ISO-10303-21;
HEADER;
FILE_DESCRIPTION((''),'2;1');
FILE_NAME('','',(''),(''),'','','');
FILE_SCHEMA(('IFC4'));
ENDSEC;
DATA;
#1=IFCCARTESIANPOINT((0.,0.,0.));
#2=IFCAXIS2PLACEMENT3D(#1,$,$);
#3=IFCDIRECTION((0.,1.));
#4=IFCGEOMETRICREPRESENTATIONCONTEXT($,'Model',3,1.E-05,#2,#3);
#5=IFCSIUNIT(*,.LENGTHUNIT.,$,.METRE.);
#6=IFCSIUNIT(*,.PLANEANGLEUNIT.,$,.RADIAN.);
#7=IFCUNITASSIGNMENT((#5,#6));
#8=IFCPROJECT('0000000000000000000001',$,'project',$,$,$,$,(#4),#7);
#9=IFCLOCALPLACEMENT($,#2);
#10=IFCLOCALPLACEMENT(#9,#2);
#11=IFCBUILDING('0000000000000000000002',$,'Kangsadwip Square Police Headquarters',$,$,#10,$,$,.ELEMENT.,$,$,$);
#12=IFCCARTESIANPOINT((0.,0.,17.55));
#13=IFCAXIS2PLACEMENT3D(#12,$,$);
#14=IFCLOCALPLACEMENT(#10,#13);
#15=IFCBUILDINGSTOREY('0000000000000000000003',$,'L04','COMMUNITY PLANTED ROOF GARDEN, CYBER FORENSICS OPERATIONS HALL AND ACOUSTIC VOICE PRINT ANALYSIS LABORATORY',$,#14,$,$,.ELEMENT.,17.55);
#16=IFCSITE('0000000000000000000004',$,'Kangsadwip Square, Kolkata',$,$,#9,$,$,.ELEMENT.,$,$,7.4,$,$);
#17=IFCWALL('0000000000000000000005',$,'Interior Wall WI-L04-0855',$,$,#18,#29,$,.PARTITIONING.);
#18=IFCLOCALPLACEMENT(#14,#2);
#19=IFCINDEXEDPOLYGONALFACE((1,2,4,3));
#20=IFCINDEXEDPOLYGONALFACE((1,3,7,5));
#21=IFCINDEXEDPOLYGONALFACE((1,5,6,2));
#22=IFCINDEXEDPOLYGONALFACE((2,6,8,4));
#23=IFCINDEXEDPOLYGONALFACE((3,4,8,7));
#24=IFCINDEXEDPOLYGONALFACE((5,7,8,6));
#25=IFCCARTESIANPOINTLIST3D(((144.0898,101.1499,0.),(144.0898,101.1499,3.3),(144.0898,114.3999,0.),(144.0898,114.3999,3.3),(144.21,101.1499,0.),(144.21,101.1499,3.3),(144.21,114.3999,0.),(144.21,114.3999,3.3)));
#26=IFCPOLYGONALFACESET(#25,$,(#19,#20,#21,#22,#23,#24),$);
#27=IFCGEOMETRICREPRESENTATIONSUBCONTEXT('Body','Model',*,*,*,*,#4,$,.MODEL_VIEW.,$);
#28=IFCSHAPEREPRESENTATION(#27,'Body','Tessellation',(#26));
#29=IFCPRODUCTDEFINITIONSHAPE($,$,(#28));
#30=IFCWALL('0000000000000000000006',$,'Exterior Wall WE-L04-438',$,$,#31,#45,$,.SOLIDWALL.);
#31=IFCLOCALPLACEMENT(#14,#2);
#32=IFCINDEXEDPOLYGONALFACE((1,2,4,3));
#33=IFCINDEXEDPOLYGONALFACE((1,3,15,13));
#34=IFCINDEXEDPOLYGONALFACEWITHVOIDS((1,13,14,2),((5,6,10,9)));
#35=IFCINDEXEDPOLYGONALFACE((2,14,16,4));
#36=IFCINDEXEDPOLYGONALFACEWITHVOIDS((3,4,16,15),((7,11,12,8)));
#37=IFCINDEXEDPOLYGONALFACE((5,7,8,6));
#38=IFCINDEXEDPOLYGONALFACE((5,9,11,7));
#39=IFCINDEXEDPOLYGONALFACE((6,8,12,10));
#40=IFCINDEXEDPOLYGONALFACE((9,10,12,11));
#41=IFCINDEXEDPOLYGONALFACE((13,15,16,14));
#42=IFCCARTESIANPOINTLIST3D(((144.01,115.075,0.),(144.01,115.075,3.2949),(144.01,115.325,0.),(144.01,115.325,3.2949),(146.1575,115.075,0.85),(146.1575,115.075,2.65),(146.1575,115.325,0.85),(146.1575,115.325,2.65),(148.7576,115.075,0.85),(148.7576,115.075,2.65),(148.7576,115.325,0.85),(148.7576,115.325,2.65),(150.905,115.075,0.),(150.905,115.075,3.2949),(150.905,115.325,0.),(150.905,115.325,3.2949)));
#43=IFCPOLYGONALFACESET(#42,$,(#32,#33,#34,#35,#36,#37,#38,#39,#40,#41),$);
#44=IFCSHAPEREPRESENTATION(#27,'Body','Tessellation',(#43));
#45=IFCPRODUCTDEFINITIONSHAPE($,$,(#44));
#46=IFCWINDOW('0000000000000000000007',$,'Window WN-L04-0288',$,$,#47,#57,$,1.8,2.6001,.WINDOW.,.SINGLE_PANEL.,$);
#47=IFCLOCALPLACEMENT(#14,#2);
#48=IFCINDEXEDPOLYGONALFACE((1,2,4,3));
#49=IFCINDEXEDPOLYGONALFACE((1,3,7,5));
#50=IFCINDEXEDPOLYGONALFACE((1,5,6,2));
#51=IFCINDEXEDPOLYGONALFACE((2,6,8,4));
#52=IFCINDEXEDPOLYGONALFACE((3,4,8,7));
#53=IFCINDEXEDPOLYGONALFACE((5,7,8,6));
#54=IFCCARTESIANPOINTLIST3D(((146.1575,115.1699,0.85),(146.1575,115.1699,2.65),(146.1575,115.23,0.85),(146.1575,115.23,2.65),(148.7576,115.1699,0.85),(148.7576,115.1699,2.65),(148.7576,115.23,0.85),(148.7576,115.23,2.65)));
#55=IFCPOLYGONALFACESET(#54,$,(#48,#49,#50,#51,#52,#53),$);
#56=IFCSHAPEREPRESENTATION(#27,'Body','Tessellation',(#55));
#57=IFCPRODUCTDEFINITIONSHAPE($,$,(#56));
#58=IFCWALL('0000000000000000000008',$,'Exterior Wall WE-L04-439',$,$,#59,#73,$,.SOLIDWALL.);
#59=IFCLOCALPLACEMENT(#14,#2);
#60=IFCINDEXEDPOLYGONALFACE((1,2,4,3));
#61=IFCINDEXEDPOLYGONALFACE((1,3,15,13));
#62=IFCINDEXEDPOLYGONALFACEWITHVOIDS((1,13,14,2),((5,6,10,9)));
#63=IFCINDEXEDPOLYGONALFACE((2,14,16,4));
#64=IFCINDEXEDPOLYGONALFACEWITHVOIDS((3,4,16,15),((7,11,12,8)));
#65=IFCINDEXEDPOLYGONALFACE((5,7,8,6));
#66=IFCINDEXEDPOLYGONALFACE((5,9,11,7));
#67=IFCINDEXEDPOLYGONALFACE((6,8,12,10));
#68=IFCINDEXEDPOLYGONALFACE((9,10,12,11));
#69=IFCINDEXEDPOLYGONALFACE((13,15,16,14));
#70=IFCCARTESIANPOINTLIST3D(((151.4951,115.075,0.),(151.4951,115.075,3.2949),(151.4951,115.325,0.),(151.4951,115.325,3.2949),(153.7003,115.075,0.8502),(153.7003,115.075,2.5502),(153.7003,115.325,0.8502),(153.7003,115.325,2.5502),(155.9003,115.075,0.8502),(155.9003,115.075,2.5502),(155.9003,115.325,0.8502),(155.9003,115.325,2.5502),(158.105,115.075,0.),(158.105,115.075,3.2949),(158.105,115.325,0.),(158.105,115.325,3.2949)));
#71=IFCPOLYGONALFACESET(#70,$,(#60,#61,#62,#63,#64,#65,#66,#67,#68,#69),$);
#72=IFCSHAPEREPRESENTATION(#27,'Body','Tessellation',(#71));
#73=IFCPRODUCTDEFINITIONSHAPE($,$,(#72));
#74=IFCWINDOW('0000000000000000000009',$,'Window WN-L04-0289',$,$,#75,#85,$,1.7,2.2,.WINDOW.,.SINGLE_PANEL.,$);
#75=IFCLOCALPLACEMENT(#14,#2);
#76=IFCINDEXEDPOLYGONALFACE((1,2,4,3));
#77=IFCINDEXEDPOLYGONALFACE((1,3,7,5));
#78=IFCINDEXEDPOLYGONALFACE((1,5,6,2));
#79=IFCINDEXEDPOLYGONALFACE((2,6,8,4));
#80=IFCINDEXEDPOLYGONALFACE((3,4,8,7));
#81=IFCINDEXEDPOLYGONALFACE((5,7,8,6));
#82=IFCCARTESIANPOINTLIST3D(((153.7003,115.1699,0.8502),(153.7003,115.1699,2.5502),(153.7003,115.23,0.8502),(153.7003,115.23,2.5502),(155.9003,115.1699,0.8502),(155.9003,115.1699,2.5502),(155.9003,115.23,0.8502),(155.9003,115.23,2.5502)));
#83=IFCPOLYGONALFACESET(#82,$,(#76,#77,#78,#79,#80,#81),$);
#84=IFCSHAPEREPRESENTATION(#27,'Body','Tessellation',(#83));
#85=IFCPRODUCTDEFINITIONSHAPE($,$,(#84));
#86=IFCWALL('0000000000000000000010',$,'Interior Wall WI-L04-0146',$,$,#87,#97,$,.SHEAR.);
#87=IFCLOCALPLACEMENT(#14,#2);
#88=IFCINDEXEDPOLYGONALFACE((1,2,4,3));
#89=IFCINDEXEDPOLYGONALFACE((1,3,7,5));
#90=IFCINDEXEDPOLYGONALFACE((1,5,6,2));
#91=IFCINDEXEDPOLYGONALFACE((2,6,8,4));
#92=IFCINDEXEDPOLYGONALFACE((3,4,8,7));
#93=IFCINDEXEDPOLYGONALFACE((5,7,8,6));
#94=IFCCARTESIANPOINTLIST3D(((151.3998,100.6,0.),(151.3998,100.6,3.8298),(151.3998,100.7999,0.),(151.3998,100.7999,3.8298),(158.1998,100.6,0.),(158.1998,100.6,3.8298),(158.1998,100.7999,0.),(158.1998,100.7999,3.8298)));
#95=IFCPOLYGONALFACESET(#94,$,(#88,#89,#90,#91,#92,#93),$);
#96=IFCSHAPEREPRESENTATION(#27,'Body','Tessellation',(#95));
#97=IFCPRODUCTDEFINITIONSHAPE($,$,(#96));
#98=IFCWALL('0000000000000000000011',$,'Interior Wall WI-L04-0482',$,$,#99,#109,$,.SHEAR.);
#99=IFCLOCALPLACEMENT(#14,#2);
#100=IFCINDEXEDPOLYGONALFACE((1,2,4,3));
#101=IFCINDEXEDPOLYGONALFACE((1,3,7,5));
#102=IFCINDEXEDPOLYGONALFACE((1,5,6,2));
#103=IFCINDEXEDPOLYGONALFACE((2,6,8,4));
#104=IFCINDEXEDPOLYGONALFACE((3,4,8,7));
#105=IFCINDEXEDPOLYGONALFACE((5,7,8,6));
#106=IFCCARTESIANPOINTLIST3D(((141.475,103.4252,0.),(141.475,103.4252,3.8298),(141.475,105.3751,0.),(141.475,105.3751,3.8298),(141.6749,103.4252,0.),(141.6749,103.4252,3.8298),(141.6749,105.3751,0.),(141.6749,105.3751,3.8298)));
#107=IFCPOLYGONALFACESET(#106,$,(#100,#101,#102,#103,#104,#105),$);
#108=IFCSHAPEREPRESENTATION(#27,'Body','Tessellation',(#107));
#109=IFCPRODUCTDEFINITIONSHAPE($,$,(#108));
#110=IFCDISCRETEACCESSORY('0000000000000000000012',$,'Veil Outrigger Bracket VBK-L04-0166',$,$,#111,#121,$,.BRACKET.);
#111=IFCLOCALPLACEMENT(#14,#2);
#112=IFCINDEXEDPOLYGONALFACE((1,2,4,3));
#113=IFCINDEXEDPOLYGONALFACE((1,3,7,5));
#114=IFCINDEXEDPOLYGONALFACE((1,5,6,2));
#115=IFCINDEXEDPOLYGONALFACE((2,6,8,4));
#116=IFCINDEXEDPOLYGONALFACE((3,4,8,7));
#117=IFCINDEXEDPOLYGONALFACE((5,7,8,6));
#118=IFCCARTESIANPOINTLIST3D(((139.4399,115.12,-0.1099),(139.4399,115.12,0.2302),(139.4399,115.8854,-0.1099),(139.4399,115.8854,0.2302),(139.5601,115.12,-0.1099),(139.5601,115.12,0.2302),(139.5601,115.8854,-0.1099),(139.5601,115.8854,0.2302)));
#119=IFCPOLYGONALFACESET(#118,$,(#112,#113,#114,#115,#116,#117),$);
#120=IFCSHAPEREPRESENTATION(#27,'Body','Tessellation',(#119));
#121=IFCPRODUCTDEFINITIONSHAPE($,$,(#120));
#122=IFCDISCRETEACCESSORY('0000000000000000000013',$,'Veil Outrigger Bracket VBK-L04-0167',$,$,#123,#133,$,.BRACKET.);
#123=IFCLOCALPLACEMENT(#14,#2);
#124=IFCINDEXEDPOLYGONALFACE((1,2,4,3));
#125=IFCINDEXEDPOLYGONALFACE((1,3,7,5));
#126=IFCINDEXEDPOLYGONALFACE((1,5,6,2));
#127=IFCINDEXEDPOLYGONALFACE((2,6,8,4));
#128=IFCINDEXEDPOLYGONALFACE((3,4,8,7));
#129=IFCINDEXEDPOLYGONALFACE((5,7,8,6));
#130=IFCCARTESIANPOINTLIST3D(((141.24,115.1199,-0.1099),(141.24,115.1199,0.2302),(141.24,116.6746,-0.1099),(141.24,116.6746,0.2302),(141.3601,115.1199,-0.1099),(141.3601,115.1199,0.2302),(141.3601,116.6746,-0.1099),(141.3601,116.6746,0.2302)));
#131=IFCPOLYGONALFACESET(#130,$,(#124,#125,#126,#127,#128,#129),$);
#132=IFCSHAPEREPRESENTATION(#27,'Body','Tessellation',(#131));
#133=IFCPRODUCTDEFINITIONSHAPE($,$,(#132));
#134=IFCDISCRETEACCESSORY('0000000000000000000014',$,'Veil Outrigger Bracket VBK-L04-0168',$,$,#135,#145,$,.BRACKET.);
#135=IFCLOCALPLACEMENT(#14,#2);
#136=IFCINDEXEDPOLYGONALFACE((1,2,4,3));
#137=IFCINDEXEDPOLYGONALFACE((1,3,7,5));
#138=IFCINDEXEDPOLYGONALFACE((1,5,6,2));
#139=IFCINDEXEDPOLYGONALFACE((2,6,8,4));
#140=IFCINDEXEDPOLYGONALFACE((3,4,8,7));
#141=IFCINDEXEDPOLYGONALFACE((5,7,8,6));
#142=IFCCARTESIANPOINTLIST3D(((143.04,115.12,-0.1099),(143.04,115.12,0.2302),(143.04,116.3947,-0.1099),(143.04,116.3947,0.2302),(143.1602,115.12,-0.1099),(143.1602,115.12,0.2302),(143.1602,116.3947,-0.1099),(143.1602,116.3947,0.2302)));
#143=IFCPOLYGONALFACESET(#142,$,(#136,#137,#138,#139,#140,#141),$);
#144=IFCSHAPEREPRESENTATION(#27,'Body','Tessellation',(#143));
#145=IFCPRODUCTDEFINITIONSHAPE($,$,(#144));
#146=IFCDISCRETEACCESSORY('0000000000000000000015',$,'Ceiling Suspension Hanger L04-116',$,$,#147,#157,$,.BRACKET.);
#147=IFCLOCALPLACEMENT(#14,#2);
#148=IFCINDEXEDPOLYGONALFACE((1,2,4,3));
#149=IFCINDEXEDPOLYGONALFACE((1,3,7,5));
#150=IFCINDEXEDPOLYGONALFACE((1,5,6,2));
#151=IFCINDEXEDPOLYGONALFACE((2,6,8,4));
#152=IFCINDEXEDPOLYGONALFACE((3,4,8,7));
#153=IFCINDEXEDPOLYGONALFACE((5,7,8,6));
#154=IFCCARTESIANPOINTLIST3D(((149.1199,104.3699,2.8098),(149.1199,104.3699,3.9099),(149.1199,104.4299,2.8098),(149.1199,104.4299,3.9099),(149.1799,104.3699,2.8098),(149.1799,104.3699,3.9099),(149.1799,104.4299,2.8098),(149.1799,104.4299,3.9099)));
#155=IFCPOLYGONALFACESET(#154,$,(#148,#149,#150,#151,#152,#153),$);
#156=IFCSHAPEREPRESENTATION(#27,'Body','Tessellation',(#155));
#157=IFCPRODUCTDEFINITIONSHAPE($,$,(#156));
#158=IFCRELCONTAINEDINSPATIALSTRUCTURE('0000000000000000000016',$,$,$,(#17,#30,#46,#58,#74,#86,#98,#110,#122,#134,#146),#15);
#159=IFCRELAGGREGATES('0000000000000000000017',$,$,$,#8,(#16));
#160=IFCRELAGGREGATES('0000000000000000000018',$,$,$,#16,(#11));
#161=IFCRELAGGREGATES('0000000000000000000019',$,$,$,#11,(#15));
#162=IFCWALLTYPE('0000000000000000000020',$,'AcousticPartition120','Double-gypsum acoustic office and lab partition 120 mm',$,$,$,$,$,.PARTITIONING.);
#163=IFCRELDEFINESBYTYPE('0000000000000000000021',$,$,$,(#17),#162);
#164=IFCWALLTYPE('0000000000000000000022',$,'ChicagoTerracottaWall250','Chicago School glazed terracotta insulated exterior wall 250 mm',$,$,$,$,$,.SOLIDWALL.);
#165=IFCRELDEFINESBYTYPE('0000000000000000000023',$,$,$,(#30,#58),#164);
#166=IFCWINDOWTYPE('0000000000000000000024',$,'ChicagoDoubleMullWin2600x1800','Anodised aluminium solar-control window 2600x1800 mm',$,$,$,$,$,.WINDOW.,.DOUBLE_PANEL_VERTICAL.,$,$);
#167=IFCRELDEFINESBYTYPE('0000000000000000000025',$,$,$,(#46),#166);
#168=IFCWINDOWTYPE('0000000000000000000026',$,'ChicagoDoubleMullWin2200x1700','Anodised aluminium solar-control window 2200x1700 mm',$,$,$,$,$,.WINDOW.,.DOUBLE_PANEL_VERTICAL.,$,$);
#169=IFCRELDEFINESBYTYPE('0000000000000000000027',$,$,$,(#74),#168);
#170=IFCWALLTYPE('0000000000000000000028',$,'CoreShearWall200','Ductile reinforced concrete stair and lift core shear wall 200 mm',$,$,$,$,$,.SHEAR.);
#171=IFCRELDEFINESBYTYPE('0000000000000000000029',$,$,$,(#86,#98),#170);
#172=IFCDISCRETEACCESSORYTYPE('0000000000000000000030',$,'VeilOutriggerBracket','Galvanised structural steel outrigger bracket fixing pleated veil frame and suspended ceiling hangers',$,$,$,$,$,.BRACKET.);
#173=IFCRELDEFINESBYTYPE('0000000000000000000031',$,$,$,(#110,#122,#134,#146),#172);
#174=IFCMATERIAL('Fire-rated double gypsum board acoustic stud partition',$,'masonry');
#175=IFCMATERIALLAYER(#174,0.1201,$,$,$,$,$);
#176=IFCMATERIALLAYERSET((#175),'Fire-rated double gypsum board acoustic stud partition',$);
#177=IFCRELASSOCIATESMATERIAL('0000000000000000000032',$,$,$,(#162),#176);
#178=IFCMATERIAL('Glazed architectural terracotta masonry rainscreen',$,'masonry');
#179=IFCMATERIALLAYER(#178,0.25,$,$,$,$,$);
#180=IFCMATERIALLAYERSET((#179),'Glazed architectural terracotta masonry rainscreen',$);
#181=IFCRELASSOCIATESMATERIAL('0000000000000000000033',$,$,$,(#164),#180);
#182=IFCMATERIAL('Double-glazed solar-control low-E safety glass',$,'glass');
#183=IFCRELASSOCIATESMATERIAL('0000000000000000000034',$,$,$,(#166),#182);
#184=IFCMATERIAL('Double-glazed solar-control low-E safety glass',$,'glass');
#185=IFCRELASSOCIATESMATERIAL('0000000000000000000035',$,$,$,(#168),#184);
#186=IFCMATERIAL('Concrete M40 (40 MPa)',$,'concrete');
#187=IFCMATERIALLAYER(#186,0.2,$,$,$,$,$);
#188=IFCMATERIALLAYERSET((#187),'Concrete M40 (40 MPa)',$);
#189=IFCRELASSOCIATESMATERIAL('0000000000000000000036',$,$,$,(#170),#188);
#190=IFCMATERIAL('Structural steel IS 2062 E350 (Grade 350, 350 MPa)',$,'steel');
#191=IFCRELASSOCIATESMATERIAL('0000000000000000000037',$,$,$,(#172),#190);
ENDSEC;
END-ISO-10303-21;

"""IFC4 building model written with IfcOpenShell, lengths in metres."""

from ifc_helpers import new_model, si_unit, direction, frame, frame_2d, origin, origin_2d, place, context, subcontext, project, spatial, rectangle, extrude, material, layer, layer_set, type_object, element, fill, save


model = new_model("IFC4")

# Units and contexts
model_context = context("Model", 3, precision=1e-05, world=origin(), true_north=direction((0.0, 1.0)))
body_context = subcontext(model_context, "Body", "Model", "MODEL_VIEW")
ifc_project = project(units=[si_unit("LENGTHUNIT", "METRE"), si_unit("PLANEANGLEUNIT", "RADIAN")], contexts=[model_context])

# Site, building, storey
site_placement = place(None, origin())
site = spatial("IfcSite", under=ifc_project, at=site_placement, Name="Kangsadwip Square, Kolkata", CompositionType="ELEMENT", RefElevation=7.4)
building_placement = place(site_placement, origin())
building = spatial("IfcBuilding", under=site, at=building_placement, Name="Kangsadwip Square Police Headquarters", CompositionType="ELEMENT")
storey_placement = place(building_placement, frame((0.0, 0.0, 17.55)))
storey = spatial("IfcBuildingStorey", under=building, at=storey_placement, Name="L04", Description="COMMUNITY PLANTED ROOF GARDEN, CYBER FORENSICS OPERATIONS HALL AND ACOUSTIC VOICE PRINT ANALYSIS LABORATORY", CompositionType="ELEMENT", Elevation=17.55)

# Wall
ifc_material_1 = material(Name="Fire-rated double gypsum board acoustic stud partition", Category="masonry")
ifc_layer_1 = layer(ifc_material_1, 0.1201)
ifc_layer_set_1 = layer_set([ifc_layer_1], Name="Fire-rated double gypsum board acoustic stud partition")
wall_type_1 = type_object("IfcWallType", Name="AcousticPartition120", Description="Double-gypsum acoustic office and lab partition 120 mm", PredefinedType="PARTITIONING", material=ifc_layer_set_1)
wall_1_placement = place(storey_placement, frame((144.1499, 101.1499, 0.0), z_axis=(0.0, 0.0, 1.0), x_axis=(0.0, 1.0, 0.0)))
element("IfcWall", 1, at=wall_1_placement, inside=storey, type_object=wall_type_1, Name="Interior Wall WI-L04-0855", PredefinedType="PARTITIONING", context=body_context, shape_type="SweptSolid", body=[
    extrude(rectangle(XDim=13.25, YDim=0.1201, at=frame_2d((6.625, 0.0))), origin(), (0.0, 0.0, 1.0), 3.3),
])

# Walls, openings, windows
ifc_material_2 = material(Name="Glazed architectural terracotta masonry rainscreen", Category="masonry")
ifc_layer_2 = layer(ifc_material_2, 0.25)
ifc_layer_set_2 = layer_set([ifc_layer_2], Name="Glazed architectural terracotta masonry rainscreen")
wall_type_2 = type_object("IfcWallType", Name="ChicagoTerracottaWall250", Description="Chicago School glazed terracotta insulated exterior wall 250 mm", PredefinedType="SOLIDWALL", material=ifc_layer_set_2)
wall_2_placement = place(storey_placement, frame((144.01, 115.2, 0.0), z_axis=(0.0, 0.0, 1.0), x_axis=(1.0, 0.0, 0.0)))
wall_2 = element("IfcWall", 2, at=wall_2_placement, inside=storey, type_object=wall_type_2, Name="Exterior Wall WE-L04-438", PredefinedType="SOLIDWALL", context=body_context, shape_type="SweptSolid", body=[
    extrude(rectangle(XDim=6.895, YDim=0.25, at=frame_2d((3.4475, 0.0))), origin(), (0.0, 0.0, 1.0), 3.2949),
])
opening_1_placement = place(wall_2_placement, frame((2.1475, 0.0, 0.8501)))
opening_1 = element("IfcOpeningElement", 3, at=opening_1_placement, cuts=wall_2, PredefinedType="OPENING", context=body_context, shape_type="SweptSolid", body=[
    extrude(rectangle(XDim=2.6001, YDim=1.8, at=frame_2d((1.3, 0.8999))), frame((0.0, 0.135, 0.0), z_axis=(0.0, -1.0, 0.0), x_axis=(1.0, 0.0, 0.0)), (0.0, 0.0, 1.0), 0.27),
])
ifc_material_3 = material(Name="Double-glazed solar-control low-E safety glass", Category="glass")
window_type_1 = type_object("IfcWindowType", Name="ChicagoDoubleMullWin2600x1800", Description="Anodised aluminium solar-control window 2600x1800 mm", PartitioningType="DOUBLE_PANEL_VERTICAL", PredefinedType="WINDOW", material=ifc_material_3)
window_1_placement = place(opening_1_placement, origin())
window_1 = element("IfcWindow", 4, at=window_1_placement, inside=storey, type_object=window_type_1, Name="Window WN-L04-0288", OverallHeight=1.8, OverallWidth=2.6001, PartitioningType="SINGLE_PANEL", PredefinedType="WINDOW", context=body_context, shape_type="SweptSolid", body=[
    extrude(rectangle(XDim=2.6001, YDim=1.8, at=frame_2d((1.3, 0.8999))), frame((0.0, 0.03, 0.0), z_axis=(0.0, -1.0, 0.0), x_axis=(1.0, 0.0, 0.0)), (0.0, 0.0, 1.0), 0.0601),
])
fill(opening_1, window_1)
wall_3_placement = place(storey_placement, frame((151.4951, 115.2, 0.0), z_axis=(0.0, 0.0, 1.0), x_axis=(1.0, 0.0, 0.0)))
wall_3 = element("IfcWall", 5, at=wall_3_placement, inside=storey, type_object=wall_type_2, Name="Exterior Wall WE-L04-439", PredefinedType="SOLIDWALL", context=body_context, shape_type="SweptSolid", body=[
    extrude(rectangle(XDim=6.6099, YDim=0.25, at=frame_2d((3.3049, 0.0))), origin(), (0.0, 0.0, 1.0), 3.2949),
])
opening_2_placement = place(wall_3_placement, frame((2.2051, 0.0, 0.8501)))
opening_2 = element("IfcOpeningElement", 6, at=opening_2_placement, cuts=wall_3, PredefinedType="OPENING", context=body_context, shape_type="SweptSolid", body=[
    extrude(rectangle(XDim=2.2, YDim=1.7, at=frame_2d((1.1001, 0.8501))), frame((0.0, 0.135, 0.0), z_axis=(0.0, -1.0, 0.0), x_axis=(1.0, 0.0, 0.0)), (0.0, 0.0, 1.0), 0.27),
])
ifc_material_4 = material(Name="Double-glazed solar-control low-E safety glass", Category="glass")
window_type_2 = type_object("IfcWindowType", Name="ChicagoDoubleMullWin2200x1700", Description="Anodised aluminium solar-control window 2200x1700 mm", PartitioningType="DOUBLE_PANEL_VERTICAL", PredefinedType="WINDOW", material=ifc_material_4)
window_2_placement = place(opening_2_placement, origin())
window_2 = element("IfcWindow", 7, at=window_2_placement, inside=storey, type_object=window_type_2, Name="Window WN-L04-0289", OverallHeight=1.7, OverallWidth=2.2, PartitioningType="SINGLE_PANEL", PredefinedType="WINDOW", context=body_context, shape_type="SweptSolid", body=[
    extrude(rectangle(XDim=2.2, YDim=1.7, at=frame_2d((1.1001, 0.8501))), frame((0.0, 0.03, 0.0), z_axis=(0.0, -1.0, 0.0), x_axis=(1.0, 0.0, 0.0)), (0.0, 0.0, 1.0), 0.0601),
])
fill(opening_2, window_2)

# Walls
ifc_material_5 = material(Name="Concrete M40 (40 MPa)", Category="concrete")
ifc_layer_3 = layer(ifc_material_5, 0.2)
ifc_layer_set_3 = layer_set([ifc_layer_3], Name="Concrete M40 (40 MPa)")
wall_type_3 = type_object("IfcWallType", Name="CoreShearWall200", Description="Ductile reinforced concrete stair and lift core shear wall 200 mm", PredefinedType="SHEAR", material=ifc_layer_set_3)
wall_4_placement = place(storey_placement, frame((151.3999, 100.7, 0.0), z_axis=(0.0, 0.0, 1.0), x_axis=(1.0, 0.0, 0.0)))
element("IfcWall", 8, at=wall_4_placement, inside=storey, type_object=wall_type_3, Name="Interior Wall WI-L04-0146", PredefinedType="SHEAR", context=body_context, shape_type="SweptSolid", body=[
    extrude(rectangle(XDim=6.8, YDim=0.2, at=frame_2d((3.3999, 0.0))), origin(), (0.0, 0.0, 1.0), 3.8298),
])
wall_5_placement = place(storey_placement, frame((141.575, 103.425, 0.0), z_axis=(0.0, 0.0, 1.0), x_axis=(0.0, 1.0, 0.0)))
element("IfcWall", 9, at=wall_5_placement, inside=storey, type_object=wall_type_3, Name="Interior Wall WI-L04-0482", PredefinedType="SHEAR", context=body_context, shape_type="SweptSolid", body=[
    extrude(rectangle(XDim=1.95, YDim=0.2, at=frame_2d((0.9751, 0.0))), origin(), (0.0, 0.0, 1.0), 3.8298),
])

# Discrete accessories
ifc_material_6 = material(Name="Structural steel IS 2062 E350 (Grade 350, 350 MPa)", Category="steel")
discrete_accessory_type = type_object("IfcDiscreteAccessoryType", Name="VeilOutriggerBracket", Description="Galvanised structural steel outrigger bracket fixing pleated veil frame and suspended ceiling hangers", PredefinedType="BRACKET", material=ifc_material_6)
discrete_accessory_1_placement = place(storey_placement, frame((139.5, 115.5027, -0.1099), z_axis=(0.0, 0.0, 1.0), x_axis=(1.0, 0.0, 0.0)))
element("IfcDiscreteAccessory", 10, at=discrete_accessory_1_placement, inside=storey, type_object=discrete_accessory_type, Name="Veil Outrigger Bracket VBK-L04-0166", PredefinedType="BRACKET", context=body_context, shape_type="SweptSolid", body=[
    extrude(rectangle(XDim=0.1201, YDim=0.7654, at=origin_2d()), origin(), (0.0, 0.0, 1.0), 0.3401),
])
discrete_accessory_2_placement = place(storey_placement, frame((141.3, 115.8972, -0.1099), z_axis=(0.0, 0.0, 1.0), x_axis=(1.0, 0.0, 0.0)))
element("IfcDiscreteAccessory", 11, at=discrete_accessory_2_placement, inside=storey, type_object=discrete_accessory_type, Name="Veil Outrigger Bracket VBK-L04-0167", PredefinedType="BRACKET", context=body_context, shape_type="SweptSolid", body=[
    extrude(rectangle(XDim=0.1201, YDim=1.5547, at=origin_2d()), origin(), (0.0, 0.0, 1.0), 0.3401),
])
discrete_accessory_3_placement = place(storey_placement, frame((143.1001, 115.7573, -0.1099), z_axis=(0.0, 0.0, 1.0), x_axis=(1.0, 0.0, 0.0)))
element("IfcDiscreteAccessory", 12, at=discrete_accessory_3_placement, inside=storey, type_object=discrete_accessory_type, Name="Veil Outrigger Bracket VBK-L04-0168", PredefinedType="BRACKET", context=body_context, shape_type="SweptSolid", body=[
    extrude(rectangle(XDim=0.1201, YDim=1.2747, at=origin_2d()), origin(), (0.0, 0.0, 1.0), 0.3401),
])
discrete_accessory_4_placement = place(storey_placement, frame((149.1499, 104.3999, 2.8098), z_axis=(0.0, 0.0, 1.0), x_axis=(1.0, 0.0, 0.0)))
element("IfcDiscreteAccessory", 13, at=discrete_accessory_4_placement, inside=storey, type_object=discrete_accessory_type, Name="Ceiling Suspension Hanger L04-116", PredefinedType="BRACKET", context=body_context, shape_type="SweptSolid", body=[
    extrude(rectangle(XDim=0.0601, YDim=0.0601, at=origin_2d()), origin(), (0.0, 0.0, 1.0), 1.1001),
])

save(model, "model.ifc")
